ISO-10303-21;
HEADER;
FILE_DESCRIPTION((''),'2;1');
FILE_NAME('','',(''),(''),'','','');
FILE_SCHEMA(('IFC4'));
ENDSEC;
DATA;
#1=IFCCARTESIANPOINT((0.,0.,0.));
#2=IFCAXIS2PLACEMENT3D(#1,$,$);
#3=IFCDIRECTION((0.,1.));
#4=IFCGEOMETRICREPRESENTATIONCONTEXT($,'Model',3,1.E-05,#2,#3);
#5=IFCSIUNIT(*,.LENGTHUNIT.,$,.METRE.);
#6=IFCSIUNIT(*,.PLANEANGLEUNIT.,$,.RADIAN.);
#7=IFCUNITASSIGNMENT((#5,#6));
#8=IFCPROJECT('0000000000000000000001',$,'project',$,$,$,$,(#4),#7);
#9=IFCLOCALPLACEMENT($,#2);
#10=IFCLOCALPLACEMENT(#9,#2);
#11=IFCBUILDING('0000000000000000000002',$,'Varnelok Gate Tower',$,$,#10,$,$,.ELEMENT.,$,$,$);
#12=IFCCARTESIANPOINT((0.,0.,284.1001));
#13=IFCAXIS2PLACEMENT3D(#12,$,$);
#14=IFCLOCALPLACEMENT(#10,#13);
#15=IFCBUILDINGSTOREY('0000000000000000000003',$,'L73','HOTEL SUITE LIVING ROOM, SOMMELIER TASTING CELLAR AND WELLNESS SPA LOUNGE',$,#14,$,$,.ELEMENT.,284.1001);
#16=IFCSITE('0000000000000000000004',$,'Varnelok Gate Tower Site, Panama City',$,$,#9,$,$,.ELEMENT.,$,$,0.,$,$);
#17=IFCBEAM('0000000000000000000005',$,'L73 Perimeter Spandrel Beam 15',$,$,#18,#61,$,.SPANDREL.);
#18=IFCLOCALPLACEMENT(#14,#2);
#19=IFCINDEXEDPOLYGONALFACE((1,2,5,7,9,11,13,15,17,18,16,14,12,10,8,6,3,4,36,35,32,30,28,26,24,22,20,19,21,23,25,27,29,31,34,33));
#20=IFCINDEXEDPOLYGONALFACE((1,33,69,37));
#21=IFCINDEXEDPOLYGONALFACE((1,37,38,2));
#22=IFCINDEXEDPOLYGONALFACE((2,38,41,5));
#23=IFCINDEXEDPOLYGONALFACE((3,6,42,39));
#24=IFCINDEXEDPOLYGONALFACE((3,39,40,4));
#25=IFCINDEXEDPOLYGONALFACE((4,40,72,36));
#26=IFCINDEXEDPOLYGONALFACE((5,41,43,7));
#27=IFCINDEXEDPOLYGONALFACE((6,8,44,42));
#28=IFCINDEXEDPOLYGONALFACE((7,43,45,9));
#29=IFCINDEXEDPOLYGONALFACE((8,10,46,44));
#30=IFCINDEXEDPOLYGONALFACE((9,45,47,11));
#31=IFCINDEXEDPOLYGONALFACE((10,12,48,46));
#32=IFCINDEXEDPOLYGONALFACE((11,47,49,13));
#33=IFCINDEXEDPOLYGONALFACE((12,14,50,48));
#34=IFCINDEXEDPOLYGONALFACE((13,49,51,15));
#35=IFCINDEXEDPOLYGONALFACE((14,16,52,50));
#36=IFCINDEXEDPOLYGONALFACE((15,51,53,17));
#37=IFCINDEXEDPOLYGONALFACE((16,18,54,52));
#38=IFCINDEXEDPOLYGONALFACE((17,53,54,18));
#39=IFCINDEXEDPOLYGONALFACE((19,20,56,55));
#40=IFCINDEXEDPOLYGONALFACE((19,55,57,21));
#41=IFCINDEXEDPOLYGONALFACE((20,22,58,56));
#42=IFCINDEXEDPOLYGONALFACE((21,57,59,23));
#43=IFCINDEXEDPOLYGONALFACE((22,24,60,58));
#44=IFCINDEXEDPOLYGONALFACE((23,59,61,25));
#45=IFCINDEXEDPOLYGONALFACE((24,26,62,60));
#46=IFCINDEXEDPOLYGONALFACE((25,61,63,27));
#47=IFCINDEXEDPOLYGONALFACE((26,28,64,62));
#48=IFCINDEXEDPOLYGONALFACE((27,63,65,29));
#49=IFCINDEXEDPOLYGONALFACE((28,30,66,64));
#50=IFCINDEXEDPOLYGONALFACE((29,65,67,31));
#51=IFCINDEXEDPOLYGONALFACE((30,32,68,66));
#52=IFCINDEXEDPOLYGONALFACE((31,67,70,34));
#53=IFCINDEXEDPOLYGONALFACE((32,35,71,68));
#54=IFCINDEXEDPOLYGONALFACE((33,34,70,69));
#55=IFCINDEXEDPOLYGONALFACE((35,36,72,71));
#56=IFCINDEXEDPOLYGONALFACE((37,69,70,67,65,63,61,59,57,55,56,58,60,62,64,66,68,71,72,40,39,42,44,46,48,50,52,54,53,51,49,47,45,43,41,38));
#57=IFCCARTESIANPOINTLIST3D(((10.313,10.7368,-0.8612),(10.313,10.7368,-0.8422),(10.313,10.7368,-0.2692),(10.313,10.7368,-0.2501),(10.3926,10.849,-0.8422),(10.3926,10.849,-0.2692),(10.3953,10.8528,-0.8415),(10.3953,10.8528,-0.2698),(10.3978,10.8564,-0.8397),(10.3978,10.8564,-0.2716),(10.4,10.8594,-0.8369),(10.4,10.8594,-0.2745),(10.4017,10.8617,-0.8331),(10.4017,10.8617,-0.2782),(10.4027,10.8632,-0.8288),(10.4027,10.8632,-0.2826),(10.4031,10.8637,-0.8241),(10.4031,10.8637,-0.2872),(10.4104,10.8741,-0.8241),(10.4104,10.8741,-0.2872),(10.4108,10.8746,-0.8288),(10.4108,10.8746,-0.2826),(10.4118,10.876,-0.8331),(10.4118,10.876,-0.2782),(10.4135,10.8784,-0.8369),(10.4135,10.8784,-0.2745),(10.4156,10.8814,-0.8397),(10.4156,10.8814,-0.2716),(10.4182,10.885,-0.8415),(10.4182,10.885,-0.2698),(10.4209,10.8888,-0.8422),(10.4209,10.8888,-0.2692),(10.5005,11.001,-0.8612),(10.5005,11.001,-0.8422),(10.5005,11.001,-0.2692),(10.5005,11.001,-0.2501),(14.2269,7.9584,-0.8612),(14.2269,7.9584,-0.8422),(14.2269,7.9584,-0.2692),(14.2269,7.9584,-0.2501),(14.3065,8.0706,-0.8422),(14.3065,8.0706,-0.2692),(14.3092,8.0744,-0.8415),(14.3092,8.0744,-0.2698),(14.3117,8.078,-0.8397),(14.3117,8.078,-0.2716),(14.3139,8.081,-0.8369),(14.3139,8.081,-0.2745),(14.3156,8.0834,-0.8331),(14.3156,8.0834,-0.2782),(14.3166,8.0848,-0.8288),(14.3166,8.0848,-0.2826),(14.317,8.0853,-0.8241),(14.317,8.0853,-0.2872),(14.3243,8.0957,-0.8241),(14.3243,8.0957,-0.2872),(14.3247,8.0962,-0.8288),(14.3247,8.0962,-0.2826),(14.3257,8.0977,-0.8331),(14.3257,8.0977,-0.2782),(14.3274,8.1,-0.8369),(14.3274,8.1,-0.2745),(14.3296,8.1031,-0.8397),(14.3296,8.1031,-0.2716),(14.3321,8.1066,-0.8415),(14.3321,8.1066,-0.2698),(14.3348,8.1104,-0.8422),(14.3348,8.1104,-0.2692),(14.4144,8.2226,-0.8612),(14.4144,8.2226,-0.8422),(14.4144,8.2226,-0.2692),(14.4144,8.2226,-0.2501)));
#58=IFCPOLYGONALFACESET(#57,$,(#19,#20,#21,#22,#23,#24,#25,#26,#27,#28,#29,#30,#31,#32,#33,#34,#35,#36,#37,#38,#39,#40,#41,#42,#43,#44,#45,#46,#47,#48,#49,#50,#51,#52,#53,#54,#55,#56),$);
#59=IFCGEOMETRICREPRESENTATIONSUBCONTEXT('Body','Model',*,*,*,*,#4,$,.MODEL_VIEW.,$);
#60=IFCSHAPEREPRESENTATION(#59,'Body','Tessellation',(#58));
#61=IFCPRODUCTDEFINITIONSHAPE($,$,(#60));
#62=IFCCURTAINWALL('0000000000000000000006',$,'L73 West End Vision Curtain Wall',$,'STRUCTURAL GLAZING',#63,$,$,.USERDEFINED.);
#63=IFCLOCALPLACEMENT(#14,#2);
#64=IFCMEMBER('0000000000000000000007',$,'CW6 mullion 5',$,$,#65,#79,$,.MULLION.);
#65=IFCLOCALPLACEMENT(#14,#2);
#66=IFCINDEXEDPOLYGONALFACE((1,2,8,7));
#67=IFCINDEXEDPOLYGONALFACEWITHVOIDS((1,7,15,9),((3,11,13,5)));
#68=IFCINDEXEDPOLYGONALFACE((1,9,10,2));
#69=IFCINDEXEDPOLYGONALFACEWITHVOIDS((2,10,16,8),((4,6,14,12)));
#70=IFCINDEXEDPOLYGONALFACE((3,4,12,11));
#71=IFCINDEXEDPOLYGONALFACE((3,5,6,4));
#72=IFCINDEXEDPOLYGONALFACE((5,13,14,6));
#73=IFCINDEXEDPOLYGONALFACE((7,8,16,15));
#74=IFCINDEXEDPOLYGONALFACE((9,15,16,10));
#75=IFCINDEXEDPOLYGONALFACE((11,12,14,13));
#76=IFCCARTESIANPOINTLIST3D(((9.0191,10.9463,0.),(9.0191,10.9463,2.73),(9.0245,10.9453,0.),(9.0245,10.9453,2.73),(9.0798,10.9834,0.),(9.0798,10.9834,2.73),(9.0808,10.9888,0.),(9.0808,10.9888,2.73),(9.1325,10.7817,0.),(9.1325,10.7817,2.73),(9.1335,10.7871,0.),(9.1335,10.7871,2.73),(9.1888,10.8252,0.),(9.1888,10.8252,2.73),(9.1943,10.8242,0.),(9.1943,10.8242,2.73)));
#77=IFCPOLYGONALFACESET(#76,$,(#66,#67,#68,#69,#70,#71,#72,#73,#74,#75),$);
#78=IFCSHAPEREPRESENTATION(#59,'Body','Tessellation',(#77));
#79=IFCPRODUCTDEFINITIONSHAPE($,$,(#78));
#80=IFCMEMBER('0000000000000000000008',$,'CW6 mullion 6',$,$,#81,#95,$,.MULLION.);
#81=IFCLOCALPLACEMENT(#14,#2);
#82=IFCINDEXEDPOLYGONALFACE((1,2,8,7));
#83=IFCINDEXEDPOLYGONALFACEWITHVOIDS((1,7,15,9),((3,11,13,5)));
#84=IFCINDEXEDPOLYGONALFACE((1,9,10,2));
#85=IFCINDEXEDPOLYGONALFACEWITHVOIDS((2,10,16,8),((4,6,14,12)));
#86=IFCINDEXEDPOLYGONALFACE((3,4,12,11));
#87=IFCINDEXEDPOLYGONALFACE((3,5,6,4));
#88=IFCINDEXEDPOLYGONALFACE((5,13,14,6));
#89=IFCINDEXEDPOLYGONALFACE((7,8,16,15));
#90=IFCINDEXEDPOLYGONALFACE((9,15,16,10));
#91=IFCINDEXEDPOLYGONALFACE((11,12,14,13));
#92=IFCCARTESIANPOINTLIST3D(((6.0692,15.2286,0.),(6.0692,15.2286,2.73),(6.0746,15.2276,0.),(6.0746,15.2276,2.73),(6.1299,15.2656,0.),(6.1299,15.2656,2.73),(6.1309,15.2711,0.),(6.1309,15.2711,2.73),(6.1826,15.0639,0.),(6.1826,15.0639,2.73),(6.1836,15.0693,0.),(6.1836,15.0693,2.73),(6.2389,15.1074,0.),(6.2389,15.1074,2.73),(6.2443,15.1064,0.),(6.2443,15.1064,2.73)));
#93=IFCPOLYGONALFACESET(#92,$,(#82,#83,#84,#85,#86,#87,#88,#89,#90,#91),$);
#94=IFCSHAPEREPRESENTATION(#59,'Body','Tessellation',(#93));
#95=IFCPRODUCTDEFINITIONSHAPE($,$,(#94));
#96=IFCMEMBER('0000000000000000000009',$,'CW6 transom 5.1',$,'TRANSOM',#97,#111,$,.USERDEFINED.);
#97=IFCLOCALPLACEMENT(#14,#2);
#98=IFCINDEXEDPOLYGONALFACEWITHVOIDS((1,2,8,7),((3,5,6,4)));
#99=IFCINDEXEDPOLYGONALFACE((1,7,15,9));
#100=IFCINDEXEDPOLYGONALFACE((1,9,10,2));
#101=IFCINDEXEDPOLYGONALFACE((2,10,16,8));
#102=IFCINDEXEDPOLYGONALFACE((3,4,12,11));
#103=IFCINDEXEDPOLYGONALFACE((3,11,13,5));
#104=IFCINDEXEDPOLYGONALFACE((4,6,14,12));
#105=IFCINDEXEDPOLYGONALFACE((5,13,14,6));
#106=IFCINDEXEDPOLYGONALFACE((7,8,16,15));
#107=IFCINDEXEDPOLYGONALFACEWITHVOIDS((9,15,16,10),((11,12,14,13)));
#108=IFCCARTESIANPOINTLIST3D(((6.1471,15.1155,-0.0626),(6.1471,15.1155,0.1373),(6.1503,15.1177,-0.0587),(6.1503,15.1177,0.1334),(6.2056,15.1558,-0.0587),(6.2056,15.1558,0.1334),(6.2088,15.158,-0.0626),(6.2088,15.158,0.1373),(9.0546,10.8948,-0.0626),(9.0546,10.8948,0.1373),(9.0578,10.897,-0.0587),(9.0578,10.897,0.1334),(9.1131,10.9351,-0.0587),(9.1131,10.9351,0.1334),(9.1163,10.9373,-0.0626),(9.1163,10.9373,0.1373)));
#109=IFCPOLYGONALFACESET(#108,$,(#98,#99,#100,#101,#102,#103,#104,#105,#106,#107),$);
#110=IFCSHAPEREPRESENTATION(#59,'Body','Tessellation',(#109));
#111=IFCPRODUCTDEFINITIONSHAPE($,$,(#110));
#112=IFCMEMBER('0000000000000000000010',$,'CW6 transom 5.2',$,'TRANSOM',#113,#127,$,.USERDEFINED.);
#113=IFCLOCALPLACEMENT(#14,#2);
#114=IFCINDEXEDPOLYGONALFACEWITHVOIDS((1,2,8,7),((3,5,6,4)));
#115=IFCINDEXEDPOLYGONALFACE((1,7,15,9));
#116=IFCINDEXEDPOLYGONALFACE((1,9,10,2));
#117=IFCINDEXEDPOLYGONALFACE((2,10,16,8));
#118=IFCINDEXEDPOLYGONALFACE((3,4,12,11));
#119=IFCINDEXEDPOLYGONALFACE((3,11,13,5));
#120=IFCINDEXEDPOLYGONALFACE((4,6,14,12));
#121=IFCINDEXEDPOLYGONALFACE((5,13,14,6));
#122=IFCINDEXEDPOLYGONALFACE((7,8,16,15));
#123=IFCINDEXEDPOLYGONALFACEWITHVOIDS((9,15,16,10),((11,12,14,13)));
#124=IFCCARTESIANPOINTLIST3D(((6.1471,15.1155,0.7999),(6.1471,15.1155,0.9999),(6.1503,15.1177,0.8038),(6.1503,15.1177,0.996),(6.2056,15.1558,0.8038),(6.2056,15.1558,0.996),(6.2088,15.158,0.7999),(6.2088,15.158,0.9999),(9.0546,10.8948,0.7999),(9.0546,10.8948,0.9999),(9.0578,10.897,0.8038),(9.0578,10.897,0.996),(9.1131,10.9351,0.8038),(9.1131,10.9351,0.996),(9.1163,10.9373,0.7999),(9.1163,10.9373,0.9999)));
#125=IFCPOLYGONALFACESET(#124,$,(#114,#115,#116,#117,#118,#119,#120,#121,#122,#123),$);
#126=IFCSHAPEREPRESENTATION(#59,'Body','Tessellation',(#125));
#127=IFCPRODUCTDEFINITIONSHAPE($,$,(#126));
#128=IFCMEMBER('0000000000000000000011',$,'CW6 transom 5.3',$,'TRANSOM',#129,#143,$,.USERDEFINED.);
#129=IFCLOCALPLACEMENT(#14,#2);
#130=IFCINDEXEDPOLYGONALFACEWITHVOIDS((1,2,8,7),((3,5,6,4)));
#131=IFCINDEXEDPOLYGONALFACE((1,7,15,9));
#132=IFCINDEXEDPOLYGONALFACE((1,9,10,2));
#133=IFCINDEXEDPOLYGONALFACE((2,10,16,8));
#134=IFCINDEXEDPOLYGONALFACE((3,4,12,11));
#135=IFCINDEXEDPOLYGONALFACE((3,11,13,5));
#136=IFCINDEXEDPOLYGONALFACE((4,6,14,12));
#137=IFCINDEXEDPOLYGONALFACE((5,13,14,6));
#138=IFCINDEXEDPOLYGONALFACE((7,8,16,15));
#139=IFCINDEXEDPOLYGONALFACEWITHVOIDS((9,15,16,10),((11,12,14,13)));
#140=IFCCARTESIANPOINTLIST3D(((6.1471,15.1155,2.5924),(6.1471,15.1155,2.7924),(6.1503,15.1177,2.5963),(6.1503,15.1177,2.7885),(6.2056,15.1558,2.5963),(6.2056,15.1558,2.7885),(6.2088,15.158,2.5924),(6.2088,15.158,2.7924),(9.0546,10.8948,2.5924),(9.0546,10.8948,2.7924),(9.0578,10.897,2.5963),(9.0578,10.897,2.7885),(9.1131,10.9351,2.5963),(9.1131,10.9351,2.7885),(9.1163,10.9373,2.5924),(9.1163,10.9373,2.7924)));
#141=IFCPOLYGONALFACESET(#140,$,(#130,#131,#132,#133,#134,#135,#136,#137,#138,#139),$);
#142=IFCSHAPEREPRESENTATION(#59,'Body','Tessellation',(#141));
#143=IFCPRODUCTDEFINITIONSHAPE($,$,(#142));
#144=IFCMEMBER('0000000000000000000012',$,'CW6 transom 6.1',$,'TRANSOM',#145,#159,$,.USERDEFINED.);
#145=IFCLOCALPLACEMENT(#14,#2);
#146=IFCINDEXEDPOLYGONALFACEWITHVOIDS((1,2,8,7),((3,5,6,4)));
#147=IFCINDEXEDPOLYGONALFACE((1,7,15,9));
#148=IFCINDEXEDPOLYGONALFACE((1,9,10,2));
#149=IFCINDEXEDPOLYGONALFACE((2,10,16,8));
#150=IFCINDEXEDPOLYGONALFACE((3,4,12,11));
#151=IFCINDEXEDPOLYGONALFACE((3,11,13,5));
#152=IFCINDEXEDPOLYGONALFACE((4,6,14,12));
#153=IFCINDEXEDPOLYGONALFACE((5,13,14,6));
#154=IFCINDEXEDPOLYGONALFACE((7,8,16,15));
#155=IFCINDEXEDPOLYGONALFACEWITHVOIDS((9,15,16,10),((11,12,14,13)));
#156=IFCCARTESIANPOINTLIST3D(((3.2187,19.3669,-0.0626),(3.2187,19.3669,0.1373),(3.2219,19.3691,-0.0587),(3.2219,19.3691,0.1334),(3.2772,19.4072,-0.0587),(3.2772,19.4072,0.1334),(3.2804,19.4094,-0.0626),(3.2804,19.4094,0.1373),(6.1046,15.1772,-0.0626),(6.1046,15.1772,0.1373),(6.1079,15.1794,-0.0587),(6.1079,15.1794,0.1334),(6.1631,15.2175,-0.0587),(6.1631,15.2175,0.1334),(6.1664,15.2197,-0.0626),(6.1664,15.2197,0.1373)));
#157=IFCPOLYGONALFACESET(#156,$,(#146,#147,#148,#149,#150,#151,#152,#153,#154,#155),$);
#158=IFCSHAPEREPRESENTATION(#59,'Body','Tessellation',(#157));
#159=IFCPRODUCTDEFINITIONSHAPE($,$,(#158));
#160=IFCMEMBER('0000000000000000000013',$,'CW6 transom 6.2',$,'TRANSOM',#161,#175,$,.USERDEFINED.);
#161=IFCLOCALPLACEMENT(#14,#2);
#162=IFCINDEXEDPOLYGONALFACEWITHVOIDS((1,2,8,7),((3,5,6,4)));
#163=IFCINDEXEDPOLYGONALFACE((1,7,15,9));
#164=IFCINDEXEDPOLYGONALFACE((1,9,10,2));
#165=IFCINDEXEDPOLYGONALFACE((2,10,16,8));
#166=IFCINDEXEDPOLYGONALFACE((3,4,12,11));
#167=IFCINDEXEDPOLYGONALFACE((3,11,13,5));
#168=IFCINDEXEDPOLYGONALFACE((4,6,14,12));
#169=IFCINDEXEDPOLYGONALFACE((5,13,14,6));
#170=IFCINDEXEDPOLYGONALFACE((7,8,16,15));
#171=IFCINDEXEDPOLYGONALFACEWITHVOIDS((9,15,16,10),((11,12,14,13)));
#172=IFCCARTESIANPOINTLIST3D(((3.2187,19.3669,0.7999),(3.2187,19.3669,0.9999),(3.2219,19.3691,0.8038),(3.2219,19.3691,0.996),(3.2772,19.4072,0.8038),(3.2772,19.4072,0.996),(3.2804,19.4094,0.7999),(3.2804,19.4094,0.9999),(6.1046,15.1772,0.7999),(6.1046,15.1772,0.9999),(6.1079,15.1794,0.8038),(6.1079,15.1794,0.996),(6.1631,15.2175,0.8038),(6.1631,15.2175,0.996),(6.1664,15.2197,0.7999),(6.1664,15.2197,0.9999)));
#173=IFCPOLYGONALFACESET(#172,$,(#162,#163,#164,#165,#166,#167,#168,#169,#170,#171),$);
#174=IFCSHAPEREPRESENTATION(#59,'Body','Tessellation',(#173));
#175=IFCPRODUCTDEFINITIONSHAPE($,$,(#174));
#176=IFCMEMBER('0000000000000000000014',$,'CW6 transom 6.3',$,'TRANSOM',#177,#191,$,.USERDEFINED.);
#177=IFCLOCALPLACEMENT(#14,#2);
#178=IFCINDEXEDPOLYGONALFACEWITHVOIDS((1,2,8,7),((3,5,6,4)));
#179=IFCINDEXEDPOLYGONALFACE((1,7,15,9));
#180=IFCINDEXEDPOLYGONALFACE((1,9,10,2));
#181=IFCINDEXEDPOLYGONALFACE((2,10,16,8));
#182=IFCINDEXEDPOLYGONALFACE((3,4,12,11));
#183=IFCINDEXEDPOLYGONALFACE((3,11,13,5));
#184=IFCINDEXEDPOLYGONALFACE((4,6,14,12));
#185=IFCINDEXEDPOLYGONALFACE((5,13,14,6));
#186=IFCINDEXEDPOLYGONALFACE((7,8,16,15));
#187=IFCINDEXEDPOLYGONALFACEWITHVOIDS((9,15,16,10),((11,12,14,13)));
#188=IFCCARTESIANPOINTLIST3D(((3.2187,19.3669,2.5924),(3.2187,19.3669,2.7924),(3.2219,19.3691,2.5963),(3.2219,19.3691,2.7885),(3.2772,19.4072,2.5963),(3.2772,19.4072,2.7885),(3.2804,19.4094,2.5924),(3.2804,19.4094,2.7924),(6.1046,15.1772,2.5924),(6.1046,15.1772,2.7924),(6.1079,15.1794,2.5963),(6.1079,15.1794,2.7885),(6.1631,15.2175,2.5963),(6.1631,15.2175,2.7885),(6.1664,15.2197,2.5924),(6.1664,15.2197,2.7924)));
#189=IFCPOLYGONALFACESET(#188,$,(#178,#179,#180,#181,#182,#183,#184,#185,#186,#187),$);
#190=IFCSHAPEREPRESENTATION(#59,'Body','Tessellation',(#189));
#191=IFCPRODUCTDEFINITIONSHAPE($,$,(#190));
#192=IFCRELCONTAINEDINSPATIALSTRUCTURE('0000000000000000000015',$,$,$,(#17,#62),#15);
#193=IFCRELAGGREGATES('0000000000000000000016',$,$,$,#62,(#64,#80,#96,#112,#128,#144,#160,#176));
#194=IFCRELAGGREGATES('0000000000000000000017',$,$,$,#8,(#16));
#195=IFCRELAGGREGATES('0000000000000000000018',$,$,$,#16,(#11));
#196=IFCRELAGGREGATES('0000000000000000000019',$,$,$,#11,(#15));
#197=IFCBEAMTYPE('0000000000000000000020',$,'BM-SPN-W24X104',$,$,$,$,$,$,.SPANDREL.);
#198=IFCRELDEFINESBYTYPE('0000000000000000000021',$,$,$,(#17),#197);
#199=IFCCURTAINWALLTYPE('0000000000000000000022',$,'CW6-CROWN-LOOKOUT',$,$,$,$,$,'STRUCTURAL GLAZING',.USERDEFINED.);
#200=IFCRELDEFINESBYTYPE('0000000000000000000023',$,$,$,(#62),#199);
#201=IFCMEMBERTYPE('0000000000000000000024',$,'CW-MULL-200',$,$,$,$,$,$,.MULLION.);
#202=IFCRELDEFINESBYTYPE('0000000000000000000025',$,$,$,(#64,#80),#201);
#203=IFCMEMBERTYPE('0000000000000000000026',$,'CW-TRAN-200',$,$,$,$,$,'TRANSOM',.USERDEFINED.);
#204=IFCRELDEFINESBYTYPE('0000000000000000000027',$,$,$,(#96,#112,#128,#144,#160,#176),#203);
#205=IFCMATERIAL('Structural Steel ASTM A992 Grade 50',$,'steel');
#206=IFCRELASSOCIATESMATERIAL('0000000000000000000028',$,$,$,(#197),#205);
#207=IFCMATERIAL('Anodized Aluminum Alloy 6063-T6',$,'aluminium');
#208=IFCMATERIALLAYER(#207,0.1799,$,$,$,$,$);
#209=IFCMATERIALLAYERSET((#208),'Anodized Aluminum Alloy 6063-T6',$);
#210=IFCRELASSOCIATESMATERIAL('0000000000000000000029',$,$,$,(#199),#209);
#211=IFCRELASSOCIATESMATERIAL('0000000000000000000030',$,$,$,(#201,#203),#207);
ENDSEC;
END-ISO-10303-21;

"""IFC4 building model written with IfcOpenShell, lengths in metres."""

from ifc_helpers import new_model, si_unit, direction, frame, origin, origin_2d, place, context, subcontext, project, spatial, hollow_rectangle, i_section, extrude, material, layer, layer_set, material_profile, profile_set, type_object, element, aggregate, save


model = new_model("IFC4")

# Units and contexts
model_context = context("Model", 3, precision=1e-05, world=origin(), true_north=direction((0.0, 1.0)))
body_context = subcontext(model_context, "Body", "Model", "MODEL_VIEW")
ifc_project = project(units=[si_unit("LENGTHUNIT", "METRE"), si_unit("PLANEANGLEUNIT", "RADIAN")], contexts=[model_context])

# Site, building, storey
site_placement = place(None, origin())
site = spatial("IfcSite", under=ifc_project, at=site_placement, Name="Varnelok Gate Tower Site, Panama City", CompositionType="ELEMENT", RefElevation=0.0)
building_placement = place(site_placement, origin())
building = spatial("IfcBuilding", under=site, at=building_placement, Name="Varnelok Gate Tower", CompositionType="ELEMENT")
storey_placement = place(building_placement, frame((0.0, 0.0, 284.1001)))
storey = spatial("IfcBuildingStorey", under=building, at=storey_placement, Name="L73", Description="HOTEL SUITE LIVING ROOM, SOMMELIER TASTING CELLAR AND WELLNESS SPA LOUNGE", CompositionType="ELEMENT", Elevation=284.1001)

# Shared definitions
ifc_material_1 = material(Name="Structural Steel ASTM A992 Grade 50", Category="steel")

# Beam
ifc_material_profile_1 = material_profile(ifc_material_1, i_section(OverallWidth=0.324, OverallDepth=0.6111, WebThickness=0.0127, FlangeThickness=0.019, FilletRadius=0.0181, at=origin_2d()), Name="W24X104")
ifc_profile_set_1 = profile_set([ifc_material_profile_1], Name="Structural Steel ASTM A992 Grade 50")
beam_type_1 = type_object("IfcBeamType", Name="BM-SPN-W24X104", PredefinedType="SPANDREL", material=ifc_profile_set_1)
beam_1_placement = place(storey_placement, frame((10.4067, 10.8689, -0.5557), z_axis=(0.815431, -0.578854, 0.0), x_axis=(0.578854, 0.815431, 0.0)))
element("IfcBeam", 1, at=beam_1_placement, inside=storey, type_object=beam_type_1, Name="L73 Perimeter Spandrel Beam 15", PredefinedType="SPANDREL", context=body_context, shape_type="SweptSolid", body=[
    extrude(i_section(OverallWidth=0.324, OverallDepth=0.6111, WebThickness=0.0127, FlangeThickness=0.019, FilletRadius=0.0181, at=origin_2d()), origin(), (0.0, 0.0, 1.0), 4.7998),
])

# Curtain wall, members
ifc_material_2 = material(Name="Anodized Aluminum Alloy 6063-T6", Category="aluminium")
ifc_layer_1 = layer(ifc_material_2, 0.1799)
ifc_layer_set_1 = layer_set([ifc_layer_1], Name="Anodized Aluminum Alloy 6063-T6")
curtain_wall_type = type_object("IfcCurtainWallType", Name="CW6-CROWN-LOOKOUT", ElementType="STRUCTURAL GLAZING", PredefinedType="USERDEFINED", material=ifc_layer_set_1)
curtain_wall_placement = place(storey_placement, origin())
curtain_wall = element("IfcCurtainWall", 2, at=curtain_wall_placement, inside=storey, type_object=curtain_wall_type, Name="L73 West End Vision Curtain Wall", ObjectType="STRUCTURAL GLAZING", PredefinedType="USERDEFINED")
ifc_material_profile_2 = material_profile(ifc_material_2, hollow_rectangle(XDim=0.075, YDim=0.2, WallThickness=0.0039, at=origin_2d()), Name="ALU200X75X4")
ifc_profile_set_2 = profile_set([ifc_material_profile_2], Name="Anodized Aluminum Alloy 6063-T6")
member_type_1 = type_object("IfcMemberType", Name="CW-MULL-200", PredefinedType="MULLION", material=ifc_profile_set_2)
member_1_placement = place(storey_placement, frame((9.1067, 10.8853, 0.0), z_axis=(0.0, 0.0, 1.0), x_axis=(-0.823532, -0.567269, 0.0)))
member_1 = element("IfcMember", 3, at=member_1_placement, type_object=member_type_1, Name="CW6 mullion 5", PredefinedType="MULLION", context=body_context, shape_type="SweptSolid", body=[
    extrude(hollow_rectangle(XDim=0.075, YDim=0.2, WallThickness=0.0039, at=origin_2d()), origin(), (0.0, 0.0, 1.0), 2.73),
])
member_2_placement = place(storey_placement, frame((6.1567, 15.1675, 0.0), z_axis=(0.0, 0.0, 1.0), x_axis=(-0.823532, -0.567269, 0.0)))
member_2 = element("IfcMember", 4, at=member_2_placement, type_object=member_type_1, Name="CW6 mullion 6", PredefinedType="MULLION", context=body_context, shape_type="SweptSolid", body=[
    extrude(hollow_rectangle(XDim=0.075, YDim=0.2, WallThickness=0.0039, at=origin_2d()), origin(), (0.0, 0.0, 1.0), 2.73),
])
ifc_material_profile_3 = material_profile(ifc_material_2, hollow_rectangle(XDim=0.075, YDim=0.2, WallThickness=0.0039, at=origin_2d()), Name="ALU200X75X4")
ifc_profile_set_3 = profile_set([ifc_material_profile_3], Name="Anodized Aluminum Alloy 6063-T6")
member_type_2 = type_object("IfcMemberType", Name="CW-TRAN-200", ElementType="TRANSOM", PredefinedType="USERDEFINED", material=ifc_profile_set_3)
member_3_placement = place(storey_placement, frame((9.0854, 10.916, 0.0374), z_axis=(-0.567289, 0.823519, 0.0), x_axis=(-0.823519, -0.567289, 0.0)))
member_3 = element("IfcMember", 5, at=member_3_placement, type_object=member_type_2, Name="CW6 transom 5.1", ObjectType="TRANSOM", PredefinedType="USERDEFINED", context=body_context, shape_type="SweptSolid", body=[
    extrude(hollow_rectangle(XDim=0.075, YDim=0.2, WallThickness=0.0039, at=origin_2d()), origin(), (0.0, 0.0, 1.0), 5.1252),
])
member_4_placement = place(storey_placement, frame((9.0854, 10.916, 0.8999), z_axis=(-0.567289, 0.823519, 0.0), x_axis=(-0.823519, -0.567289, 0.0)))
member_4 = element("IfcMember", 6, at=member_4_placement, type_object=member_type_2, Name="CW6 transom 5.2", ObjectType="TRANSOM", PredefinedType="USERDEFINED", context=body_context, shape_type="SweptSolid", body=[
    extrude(hollow_rectangle(XDim=0.075, YDim=0.2, WallThickness=0.0039, at=origin_2d()), origin(), (0.0, 0.0, 1.0), 5.1252),
])
member_5_placement = place(storey_placement, frame((9.0854, 10.916, 2.6924), z_axis=(-0.567289, 0.823519, 0.0), x_axis=(-0.823519, -0.567289, 0.0)))
member_5 = element("IfcMember", 7, at=member_5_placement, type_object=member_type_2, Name="CW6 transom 5.3", ObjectType="TRANSOM", PredefinedType="USERDEFINED", context=body_context, shape_type="SweptSolid", body=[
    extrude(hollow_rectangle(XDim=0.075, YDim=0.2, WallThickness=0.0039, at=origin_2d()), origin(), (0.0, 0.0, 1.0), 5.1252),
])
member_6_placement = place(storey_placement, frame((6.1355, 15.1985, 0.0374), z_axis=(-0.567272, 0.823531, 0.0), x_axis=(-0.823531, -0.567272, 0.0)))
member_6 = element("IfcMember", 8, at=member_6_placement, type_object=member_type_2, Name="CW6 transom 6.1", ObjectType="TRANSOM", PredefinedType="USERDEFINED", context=body_context, shape_type="SweptSolid", body=[
    extrude(hollow_rectangle(XDim=0.075, YDim=0.2, WallThickness=0.0039, at=origin_2d()), origin(), (0.0, 0.0, 1.0), 5.0874),
])
member_7_placement = place(storey_placement, frame((6.1355, 15.1985, 0.8999), z_axis=(-0.567272, 0.823531, 0.0), x_axis=(-0.823531, -0.567272, 0.0)))
member_7 = element("IfcMember", 9, at=member_7_placement, type_object=member_type_2, Name="CW6 transom 6.2", ObjectType="TRANSOM", PredefinedType="USERDEFINED", context=body_context, shape_type="SweptSolid", body=[
    extrude(hollow_rectangle(XDim=0.075, YDim=0.2, WallThickness=0.0039, at=origin_2d()), origin(), (0.0, 0.0, 1.0), 5.0874),
])
member_8_placement = place(storey_placement, frame((6.1355, 15.1985, 2.6924), z_axis=(-0.567272, 0.823531, 0.0), x_axis=(-0.823531, -0.567272, 0.0)))
member_8 = element("IfcMember", 10, at=member_8_placement, type_object=member_type_2, Name="CW6 transom 6.3", ObjectType="TRANSOM", PredefinedType="USERDEFINED", context=body_context, shape_type="SweptSolid", body=[
    extrude(hollow_rectangle(XDim=0.075, YDim=0.2, WallThickness=0.0039, at=origin_2d()), origin(), (0.0, 0.0, 1.0), 5.0874),
])
aggregate(curtain_wall, [member_1, member_2, member_3, member_4, member_5, member_6, member_7, member_8])

save(model, "model.ifc")
